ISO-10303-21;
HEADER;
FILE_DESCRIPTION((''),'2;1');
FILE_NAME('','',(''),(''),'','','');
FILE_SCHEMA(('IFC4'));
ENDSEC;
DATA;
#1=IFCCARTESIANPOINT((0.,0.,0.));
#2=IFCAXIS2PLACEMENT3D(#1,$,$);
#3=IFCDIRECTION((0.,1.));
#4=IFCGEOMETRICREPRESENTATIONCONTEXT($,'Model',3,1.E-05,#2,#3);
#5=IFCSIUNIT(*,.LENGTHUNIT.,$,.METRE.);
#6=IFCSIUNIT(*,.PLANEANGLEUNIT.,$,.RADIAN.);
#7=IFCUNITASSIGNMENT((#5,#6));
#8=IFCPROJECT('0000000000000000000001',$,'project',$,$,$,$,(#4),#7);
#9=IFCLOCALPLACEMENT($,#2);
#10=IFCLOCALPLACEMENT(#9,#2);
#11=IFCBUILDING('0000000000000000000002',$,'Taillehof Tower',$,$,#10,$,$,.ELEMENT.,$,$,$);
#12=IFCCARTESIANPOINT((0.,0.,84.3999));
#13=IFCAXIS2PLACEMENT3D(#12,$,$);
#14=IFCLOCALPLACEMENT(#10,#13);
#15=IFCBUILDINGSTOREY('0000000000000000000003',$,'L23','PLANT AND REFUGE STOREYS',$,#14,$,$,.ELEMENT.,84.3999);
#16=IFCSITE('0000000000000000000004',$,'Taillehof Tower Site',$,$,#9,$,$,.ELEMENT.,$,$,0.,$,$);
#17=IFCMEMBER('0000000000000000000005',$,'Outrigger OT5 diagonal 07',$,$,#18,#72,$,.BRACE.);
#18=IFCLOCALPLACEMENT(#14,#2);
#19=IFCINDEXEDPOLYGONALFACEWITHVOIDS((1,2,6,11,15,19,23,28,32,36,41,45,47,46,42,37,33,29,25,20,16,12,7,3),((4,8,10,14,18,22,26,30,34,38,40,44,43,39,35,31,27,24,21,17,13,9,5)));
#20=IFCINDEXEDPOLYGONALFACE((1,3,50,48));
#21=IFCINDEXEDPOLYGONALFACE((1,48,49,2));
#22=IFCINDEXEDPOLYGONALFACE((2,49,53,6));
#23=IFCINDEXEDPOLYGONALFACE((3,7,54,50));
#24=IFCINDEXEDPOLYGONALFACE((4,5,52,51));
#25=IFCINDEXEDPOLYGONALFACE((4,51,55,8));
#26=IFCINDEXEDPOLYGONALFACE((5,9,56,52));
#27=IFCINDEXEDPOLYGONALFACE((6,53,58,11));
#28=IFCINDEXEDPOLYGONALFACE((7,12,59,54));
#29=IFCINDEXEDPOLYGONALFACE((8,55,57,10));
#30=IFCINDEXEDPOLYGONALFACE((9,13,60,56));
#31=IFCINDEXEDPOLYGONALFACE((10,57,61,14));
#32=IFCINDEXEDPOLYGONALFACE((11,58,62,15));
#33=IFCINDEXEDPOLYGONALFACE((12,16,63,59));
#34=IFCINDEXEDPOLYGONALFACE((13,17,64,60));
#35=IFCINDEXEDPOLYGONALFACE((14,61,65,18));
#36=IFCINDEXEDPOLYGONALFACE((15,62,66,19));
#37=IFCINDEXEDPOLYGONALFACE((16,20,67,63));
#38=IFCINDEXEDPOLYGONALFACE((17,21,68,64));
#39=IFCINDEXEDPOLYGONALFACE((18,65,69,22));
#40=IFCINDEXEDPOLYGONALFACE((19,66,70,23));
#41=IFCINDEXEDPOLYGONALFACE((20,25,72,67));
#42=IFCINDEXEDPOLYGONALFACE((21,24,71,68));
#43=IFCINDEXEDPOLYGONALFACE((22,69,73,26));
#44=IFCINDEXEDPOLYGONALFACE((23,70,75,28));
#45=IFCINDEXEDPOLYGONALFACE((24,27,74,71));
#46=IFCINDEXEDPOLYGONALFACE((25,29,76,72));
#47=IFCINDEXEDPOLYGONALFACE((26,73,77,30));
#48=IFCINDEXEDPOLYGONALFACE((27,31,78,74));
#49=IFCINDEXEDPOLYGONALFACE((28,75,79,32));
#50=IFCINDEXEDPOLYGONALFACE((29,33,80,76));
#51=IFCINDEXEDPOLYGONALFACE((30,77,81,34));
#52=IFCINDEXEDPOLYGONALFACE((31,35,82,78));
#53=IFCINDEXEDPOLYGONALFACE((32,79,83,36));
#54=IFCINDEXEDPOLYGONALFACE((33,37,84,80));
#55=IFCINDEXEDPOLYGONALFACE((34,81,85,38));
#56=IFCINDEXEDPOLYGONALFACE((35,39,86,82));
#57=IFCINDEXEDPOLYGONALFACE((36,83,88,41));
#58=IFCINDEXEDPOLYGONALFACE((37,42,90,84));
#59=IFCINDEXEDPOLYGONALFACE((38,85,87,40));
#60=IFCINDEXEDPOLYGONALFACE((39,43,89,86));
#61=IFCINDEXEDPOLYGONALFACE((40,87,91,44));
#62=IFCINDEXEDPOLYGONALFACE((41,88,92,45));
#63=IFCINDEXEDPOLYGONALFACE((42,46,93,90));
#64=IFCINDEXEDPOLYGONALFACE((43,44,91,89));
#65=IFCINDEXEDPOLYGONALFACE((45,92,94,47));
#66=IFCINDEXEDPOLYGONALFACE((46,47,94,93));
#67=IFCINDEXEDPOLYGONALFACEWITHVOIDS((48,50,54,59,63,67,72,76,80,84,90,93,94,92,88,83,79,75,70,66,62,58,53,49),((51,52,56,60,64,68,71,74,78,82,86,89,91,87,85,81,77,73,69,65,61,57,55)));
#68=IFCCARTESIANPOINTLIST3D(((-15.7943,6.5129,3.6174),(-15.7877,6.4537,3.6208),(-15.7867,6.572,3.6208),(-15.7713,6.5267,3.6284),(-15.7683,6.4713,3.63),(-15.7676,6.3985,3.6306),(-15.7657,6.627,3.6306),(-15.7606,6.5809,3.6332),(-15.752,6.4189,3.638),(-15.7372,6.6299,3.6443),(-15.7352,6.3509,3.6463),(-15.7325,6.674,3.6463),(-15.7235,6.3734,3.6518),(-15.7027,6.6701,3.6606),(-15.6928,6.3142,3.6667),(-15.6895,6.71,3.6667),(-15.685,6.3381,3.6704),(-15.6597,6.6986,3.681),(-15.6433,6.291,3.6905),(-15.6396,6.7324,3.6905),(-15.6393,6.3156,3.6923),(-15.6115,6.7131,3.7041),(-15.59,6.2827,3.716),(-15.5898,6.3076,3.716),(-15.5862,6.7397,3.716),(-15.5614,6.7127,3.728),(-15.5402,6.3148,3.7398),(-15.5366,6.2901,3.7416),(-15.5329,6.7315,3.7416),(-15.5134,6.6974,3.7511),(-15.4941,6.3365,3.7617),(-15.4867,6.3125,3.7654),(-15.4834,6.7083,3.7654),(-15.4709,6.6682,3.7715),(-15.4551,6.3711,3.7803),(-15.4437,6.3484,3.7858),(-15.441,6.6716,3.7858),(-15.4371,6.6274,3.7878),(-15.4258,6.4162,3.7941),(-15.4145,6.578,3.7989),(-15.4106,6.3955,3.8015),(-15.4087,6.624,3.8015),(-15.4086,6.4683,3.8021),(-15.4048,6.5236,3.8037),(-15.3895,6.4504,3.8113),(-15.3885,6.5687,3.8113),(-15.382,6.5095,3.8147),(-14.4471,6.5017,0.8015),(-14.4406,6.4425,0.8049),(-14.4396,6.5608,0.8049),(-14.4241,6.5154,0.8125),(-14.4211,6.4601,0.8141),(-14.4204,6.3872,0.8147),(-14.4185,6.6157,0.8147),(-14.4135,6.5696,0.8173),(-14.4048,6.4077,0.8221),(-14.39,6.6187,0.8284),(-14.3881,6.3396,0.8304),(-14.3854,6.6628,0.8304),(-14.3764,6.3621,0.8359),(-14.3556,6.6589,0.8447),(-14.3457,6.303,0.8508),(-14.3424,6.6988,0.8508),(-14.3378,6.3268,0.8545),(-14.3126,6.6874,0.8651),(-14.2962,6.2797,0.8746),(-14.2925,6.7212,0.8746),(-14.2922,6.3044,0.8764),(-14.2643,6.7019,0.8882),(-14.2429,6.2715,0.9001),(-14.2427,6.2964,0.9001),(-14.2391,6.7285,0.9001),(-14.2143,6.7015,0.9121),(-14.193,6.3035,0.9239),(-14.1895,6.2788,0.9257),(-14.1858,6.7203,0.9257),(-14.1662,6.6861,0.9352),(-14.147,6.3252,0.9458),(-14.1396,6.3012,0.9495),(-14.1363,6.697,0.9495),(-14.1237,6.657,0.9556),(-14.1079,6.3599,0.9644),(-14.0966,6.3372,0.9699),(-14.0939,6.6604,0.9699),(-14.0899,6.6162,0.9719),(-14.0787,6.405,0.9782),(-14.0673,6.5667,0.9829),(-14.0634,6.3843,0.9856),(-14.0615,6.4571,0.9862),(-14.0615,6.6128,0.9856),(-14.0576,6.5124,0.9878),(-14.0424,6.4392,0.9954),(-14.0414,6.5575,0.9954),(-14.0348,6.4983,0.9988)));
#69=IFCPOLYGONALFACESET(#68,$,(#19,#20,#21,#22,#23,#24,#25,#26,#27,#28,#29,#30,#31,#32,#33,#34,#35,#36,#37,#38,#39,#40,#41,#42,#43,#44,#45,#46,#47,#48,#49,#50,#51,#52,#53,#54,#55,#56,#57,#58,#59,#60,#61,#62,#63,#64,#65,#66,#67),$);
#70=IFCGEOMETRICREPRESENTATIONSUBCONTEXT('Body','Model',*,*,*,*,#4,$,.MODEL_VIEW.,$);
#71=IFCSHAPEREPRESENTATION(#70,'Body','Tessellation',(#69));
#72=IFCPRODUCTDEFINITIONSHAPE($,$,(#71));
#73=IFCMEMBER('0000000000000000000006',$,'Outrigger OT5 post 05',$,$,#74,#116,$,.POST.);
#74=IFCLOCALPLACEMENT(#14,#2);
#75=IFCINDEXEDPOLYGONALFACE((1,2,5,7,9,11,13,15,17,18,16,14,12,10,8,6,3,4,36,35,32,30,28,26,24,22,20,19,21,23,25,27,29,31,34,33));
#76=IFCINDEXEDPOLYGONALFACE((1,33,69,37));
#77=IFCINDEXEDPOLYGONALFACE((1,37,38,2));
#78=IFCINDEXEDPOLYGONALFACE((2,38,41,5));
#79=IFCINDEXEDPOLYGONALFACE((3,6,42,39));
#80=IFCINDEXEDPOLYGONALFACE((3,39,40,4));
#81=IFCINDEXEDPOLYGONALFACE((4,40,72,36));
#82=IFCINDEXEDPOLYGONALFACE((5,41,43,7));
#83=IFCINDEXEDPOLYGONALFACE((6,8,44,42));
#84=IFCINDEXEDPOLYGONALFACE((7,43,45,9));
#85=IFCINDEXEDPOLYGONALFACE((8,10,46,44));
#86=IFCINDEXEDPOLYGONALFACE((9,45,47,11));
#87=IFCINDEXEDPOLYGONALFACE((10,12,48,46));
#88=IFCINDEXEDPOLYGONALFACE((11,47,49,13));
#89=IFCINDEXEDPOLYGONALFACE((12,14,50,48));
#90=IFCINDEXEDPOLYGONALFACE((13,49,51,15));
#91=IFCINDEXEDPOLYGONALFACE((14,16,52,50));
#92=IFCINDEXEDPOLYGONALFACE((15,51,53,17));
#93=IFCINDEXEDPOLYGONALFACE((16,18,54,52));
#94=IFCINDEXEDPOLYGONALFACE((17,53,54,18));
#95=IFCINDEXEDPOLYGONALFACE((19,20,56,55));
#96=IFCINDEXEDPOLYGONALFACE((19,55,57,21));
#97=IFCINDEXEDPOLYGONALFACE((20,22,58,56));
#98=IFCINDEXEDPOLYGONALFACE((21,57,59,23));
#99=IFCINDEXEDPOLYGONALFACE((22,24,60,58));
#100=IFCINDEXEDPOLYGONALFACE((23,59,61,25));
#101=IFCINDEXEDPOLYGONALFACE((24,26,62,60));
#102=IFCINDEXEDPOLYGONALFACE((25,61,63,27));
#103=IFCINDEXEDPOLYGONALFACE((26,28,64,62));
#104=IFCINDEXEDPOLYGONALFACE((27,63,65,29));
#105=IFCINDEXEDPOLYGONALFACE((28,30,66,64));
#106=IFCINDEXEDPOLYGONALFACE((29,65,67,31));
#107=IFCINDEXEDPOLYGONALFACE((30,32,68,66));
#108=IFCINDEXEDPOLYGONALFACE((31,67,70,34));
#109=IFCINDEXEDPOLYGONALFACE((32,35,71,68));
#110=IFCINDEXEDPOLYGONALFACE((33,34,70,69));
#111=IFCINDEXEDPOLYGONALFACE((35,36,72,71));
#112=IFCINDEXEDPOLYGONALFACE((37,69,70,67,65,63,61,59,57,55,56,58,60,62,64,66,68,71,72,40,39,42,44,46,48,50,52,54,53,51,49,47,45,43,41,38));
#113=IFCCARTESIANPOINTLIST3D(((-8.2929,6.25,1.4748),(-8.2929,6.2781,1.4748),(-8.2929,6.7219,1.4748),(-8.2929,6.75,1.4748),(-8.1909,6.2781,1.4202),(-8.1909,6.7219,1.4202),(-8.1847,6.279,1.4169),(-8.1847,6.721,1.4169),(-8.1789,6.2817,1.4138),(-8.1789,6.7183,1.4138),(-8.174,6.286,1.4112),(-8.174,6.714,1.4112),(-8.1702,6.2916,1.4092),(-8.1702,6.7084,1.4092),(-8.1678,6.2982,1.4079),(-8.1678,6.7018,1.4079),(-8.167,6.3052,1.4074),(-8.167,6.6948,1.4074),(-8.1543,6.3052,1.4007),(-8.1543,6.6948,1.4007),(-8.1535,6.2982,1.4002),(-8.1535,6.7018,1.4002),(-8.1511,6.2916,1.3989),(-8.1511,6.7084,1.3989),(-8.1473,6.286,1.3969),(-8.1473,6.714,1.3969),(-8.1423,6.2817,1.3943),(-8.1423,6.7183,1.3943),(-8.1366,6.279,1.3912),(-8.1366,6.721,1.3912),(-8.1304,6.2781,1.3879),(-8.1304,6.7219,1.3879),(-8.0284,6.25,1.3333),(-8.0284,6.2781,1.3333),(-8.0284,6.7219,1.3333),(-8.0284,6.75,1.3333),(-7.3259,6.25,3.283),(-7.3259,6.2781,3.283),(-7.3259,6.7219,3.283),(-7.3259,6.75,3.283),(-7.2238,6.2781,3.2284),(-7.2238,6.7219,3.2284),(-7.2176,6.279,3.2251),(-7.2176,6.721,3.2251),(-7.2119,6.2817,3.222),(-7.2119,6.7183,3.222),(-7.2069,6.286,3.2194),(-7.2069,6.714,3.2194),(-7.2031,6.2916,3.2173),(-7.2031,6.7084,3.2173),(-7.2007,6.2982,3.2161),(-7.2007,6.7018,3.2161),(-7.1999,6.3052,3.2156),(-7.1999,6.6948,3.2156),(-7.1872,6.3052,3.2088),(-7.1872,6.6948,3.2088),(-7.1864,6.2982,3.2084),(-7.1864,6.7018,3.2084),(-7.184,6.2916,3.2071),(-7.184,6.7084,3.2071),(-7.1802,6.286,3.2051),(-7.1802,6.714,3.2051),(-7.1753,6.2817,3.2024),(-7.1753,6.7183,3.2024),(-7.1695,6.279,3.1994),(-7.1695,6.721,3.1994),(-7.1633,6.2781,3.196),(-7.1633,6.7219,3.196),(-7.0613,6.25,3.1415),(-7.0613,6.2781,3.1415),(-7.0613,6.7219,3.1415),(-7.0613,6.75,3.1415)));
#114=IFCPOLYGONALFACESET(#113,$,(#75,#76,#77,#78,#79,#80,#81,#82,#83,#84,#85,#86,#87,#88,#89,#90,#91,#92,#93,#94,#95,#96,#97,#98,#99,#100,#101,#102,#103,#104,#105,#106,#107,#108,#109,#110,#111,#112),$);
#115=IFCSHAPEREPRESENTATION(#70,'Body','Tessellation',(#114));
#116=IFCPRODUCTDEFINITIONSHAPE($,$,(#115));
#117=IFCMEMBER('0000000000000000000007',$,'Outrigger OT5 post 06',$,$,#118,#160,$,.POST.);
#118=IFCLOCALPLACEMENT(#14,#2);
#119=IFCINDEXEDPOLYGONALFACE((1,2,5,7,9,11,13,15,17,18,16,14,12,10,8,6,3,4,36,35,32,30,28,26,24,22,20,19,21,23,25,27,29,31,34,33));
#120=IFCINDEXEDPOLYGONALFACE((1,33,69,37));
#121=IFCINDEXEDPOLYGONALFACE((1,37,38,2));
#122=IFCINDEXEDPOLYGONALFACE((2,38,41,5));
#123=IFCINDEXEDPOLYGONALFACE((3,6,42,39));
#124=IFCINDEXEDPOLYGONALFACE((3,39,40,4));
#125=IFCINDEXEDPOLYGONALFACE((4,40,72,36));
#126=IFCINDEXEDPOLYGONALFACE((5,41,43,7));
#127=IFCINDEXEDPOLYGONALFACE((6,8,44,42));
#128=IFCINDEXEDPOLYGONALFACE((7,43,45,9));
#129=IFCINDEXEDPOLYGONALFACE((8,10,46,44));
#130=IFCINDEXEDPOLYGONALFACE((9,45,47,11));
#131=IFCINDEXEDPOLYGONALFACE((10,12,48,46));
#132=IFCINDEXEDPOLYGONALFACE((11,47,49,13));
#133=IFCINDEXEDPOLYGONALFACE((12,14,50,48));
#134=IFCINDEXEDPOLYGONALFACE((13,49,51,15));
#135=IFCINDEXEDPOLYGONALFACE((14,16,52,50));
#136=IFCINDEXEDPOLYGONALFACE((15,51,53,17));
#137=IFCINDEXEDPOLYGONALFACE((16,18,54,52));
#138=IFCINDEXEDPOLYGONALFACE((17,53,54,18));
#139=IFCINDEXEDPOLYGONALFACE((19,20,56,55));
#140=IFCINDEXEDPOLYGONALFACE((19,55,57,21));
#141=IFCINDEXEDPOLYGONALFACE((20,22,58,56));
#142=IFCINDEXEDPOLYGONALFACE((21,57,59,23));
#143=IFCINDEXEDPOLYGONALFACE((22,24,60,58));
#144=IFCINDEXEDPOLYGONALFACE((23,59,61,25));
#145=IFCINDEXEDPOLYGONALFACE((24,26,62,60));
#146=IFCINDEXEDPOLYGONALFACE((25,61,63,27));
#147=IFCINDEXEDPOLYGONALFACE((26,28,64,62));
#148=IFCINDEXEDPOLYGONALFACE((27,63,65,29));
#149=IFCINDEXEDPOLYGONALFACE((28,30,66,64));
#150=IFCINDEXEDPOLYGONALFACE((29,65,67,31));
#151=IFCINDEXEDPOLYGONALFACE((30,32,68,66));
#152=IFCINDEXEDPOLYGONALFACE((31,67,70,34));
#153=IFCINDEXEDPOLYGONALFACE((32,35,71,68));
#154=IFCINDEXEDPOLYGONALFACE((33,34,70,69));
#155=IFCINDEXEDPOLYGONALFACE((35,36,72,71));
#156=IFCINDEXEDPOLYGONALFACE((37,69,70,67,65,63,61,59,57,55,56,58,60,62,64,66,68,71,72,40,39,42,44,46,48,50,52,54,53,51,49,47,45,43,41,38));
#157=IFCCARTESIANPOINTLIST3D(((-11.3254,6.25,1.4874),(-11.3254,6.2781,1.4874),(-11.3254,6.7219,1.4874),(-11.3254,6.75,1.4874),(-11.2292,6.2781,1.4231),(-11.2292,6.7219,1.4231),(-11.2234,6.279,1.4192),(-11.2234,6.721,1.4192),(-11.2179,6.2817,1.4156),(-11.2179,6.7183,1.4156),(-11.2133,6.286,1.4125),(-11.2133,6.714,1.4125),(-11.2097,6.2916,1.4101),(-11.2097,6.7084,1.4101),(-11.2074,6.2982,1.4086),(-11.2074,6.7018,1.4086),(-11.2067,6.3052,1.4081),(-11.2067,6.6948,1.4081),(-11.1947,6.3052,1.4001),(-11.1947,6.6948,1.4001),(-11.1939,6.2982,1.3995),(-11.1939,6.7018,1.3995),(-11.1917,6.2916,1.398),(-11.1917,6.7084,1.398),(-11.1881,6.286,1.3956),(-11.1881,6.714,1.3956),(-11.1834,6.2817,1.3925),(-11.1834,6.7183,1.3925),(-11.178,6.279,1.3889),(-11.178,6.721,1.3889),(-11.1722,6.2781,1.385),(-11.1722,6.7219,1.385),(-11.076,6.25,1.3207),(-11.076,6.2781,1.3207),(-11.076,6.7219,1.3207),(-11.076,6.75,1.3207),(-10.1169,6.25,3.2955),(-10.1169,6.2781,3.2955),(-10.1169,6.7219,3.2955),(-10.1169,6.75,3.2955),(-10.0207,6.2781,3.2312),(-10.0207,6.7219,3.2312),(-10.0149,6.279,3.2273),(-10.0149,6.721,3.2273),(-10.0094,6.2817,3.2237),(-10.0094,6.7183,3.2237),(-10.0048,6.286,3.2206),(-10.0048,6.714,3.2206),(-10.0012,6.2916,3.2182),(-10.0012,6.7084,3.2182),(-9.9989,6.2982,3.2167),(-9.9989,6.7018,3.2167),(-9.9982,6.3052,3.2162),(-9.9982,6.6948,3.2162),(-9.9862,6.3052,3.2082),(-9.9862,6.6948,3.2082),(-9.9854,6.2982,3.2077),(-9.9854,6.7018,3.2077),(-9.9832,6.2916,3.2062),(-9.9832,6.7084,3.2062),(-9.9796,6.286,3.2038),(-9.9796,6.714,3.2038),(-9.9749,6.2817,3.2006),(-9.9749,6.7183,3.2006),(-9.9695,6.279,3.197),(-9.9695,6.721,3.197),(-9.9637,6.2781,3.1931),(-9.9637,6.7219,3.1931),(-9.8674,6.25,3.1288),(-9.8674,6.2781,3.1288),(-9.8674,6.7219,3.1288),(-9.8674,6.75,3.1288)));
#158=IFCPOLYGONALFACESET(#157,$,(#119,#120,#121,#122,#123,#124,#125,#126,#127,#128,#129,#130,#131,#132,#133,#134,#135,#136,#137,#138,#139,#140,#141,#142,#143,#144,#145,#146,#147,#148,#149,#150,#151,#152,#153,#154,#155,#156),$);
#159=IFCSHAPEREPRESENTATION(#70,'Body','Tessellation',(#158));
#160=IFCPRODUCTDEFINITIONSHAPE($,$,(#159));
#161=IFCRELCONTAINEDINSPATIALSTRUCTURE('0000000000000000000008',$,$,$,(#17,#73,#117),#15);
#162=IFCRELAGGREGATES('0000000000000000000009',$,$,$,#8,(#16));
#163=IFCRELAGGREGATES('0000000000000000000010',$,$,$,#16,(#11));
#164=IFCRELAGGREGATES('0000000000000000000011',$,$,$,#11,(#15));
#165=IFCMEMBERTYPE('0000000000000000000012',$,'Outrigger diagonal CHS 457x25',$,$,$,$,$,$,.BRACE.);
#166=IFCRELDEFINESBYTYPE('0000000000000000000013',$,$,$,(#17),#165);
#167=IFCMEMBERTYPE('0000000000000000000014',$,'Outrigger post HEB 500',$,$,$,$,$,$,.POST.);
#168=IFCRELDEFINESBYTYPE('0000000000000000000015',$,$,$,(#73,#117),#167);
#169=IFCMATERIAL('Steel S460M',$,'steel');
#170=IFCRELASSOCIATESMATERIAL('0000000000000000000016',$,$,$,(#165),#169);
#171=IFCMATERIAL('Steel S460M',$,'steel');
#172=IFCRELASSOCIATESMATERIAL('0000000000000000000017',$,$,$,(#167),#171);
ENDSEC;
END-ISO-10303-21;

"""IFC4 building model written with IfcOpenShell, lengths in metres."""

from ifc_helpers import new_model, si_unit, direction, frame, origin, origin_2d, place, context, subcontext, project, spatial, hollow_circle, i_section, extrude, material, material_profile, profile_set, type_object, element, save


model = new_model("IFC4")

# Units and contexts
model_context = context("Model", 3, precision=1e-05, world=origin(), true_north=direction((0.0, 1.0)))
body_context = subcontext(model_context, "Body", "Model", "MODEL_VIEW")
ifc_project = project(units=[si_unit("LENGTHUNIT", "METRE"), si_unit("PLANEANGLEUNIT", "RADIAN")], contexts=[model_context])

# Site, building, storey
site_placement = place(None, origin())
site = spatial("IfcSite", under=ifc_project, at=site_placement, Name="Taillehof Tower Site", CompositionType="ELEMENT", RefElevation=0.0)
building_placement = place(site_placement, origin())
building = spatial("IfcBuilding", under=site, at=building_placement, Name="Taillehof Tower", CompositionType="ELEMENT")
storey_placement = place(building_placement, frame((0.0, 0.0, 84.3999)))
storey = spatial("IfcBuildingStorey", under=building, at=storey_placement, Name="L23", Description="PLANT AND REFUGE STOREYS", CompositionType="ELEMENT", Elevation=84.3999)

# Members
ifc_material_1 = material(Name="Steel S460M", Category="steel")
ifc_material_profile_1 = material_profile(ifc_material_1, hollow_circle(Radius=0.2285, WallThickness=0.0249, at=origin_2d()), Name="CHS 457x25")
ifc_profile_set_1 = profile_set([ifc_material_profile_1], Name="Steel S460M")
member_type_1 = type_object("IfcMemberType", Name="Outrigger diagonal CHS 457x25", PredefinedType="BRACE", material=ifc_profile_set_1)
member_1_placement = place(storey_placement, frame((-14.241, 6.5, 0.9001), z_axis=(-0.431563, 0.003598, 0.902075), x_axis=(-0.008336, -0.999965, 0.0)))
element("IfcMember", 1, at=member_1_placement, inside=storey, type_object=member_type_1, Name="Outrigger OT5 diagonal 07", PredefinedType="BRACE", context=body_context, shape_type="SweptSolid", body=[
    extrude(hollow_circle(Radius=0.2285, WallThickness=0.0249, at=origin_2d()), origin(), (0.0, 0.0, 1.0), 3.1216),
])
ifc_material_2 = material(Name="Steel S460M", Category="steel")
ifc_material_profile_2 = material_profile(ifc_material_2, i_section(OverallWidth=0.3, OverallDepth=0.5, WebThickness=0.0144, FlangeThickness=0.0281, FilletRadius=0.0271, at=origin_2d()), Name="HEB 500")
ifc_profile_set_2 = profile_set([ifc_material_profile_2], Name="Steel S460M")
member_type_2 = type_object("IfcMemberType", Name="Outrigger post HEB 500", PredefinedType="POST", material=ifc_profile_set_2)
member_2_placement = place(storey_placement, frame((-8.1606, 6.5, 1.4041), z_axis=(0.47162, 0.0, 0.881802), x_axis=(-0.881802, 0.0, 0.47162)))
element("IfcMember", 2, at=member_2_placement, inside=storey, type_object=member_type_2, Name="Outrigger OT5 post 05", PredefinedType="POST", context=body_context, shape_type="SweptSolid", body=[
    extrude(i_section(OverallWidth=0.3, OverallDepth=0.5, WebThickness=0.0144, FlangeThickness=0.0281, FilletRadius=0.0271, at=origin_2d()), origin(), (0.0, 0.0, 1.0), 2.0505),
])
member_3_placement = place(storey_placement, frame((-11.2007, 6.5, 1.4041), z_axis=(0.555684, 0.0, 0.831393), x_axis=(-0.831393, 0.0, 0.555684)))
element("IfcMember", 3, at=member_3_placement, inside=storey, type_object=member_type_2, Name="Outrigger OT5 post 06", PredefinedType="POST", context=body_context, shape_type="SweptSolid", body=[
    extrude(i_section(OverallWidth=0.3, OverallDepth=0.5, WebThickness=0.0144, FlangeThickness=0.0281, FilletRadius=0.0271, at=origin_2d()), origin(), (0.0, 0.0, 1.0), 2.1748),
])

save(model, "model.ifc")
